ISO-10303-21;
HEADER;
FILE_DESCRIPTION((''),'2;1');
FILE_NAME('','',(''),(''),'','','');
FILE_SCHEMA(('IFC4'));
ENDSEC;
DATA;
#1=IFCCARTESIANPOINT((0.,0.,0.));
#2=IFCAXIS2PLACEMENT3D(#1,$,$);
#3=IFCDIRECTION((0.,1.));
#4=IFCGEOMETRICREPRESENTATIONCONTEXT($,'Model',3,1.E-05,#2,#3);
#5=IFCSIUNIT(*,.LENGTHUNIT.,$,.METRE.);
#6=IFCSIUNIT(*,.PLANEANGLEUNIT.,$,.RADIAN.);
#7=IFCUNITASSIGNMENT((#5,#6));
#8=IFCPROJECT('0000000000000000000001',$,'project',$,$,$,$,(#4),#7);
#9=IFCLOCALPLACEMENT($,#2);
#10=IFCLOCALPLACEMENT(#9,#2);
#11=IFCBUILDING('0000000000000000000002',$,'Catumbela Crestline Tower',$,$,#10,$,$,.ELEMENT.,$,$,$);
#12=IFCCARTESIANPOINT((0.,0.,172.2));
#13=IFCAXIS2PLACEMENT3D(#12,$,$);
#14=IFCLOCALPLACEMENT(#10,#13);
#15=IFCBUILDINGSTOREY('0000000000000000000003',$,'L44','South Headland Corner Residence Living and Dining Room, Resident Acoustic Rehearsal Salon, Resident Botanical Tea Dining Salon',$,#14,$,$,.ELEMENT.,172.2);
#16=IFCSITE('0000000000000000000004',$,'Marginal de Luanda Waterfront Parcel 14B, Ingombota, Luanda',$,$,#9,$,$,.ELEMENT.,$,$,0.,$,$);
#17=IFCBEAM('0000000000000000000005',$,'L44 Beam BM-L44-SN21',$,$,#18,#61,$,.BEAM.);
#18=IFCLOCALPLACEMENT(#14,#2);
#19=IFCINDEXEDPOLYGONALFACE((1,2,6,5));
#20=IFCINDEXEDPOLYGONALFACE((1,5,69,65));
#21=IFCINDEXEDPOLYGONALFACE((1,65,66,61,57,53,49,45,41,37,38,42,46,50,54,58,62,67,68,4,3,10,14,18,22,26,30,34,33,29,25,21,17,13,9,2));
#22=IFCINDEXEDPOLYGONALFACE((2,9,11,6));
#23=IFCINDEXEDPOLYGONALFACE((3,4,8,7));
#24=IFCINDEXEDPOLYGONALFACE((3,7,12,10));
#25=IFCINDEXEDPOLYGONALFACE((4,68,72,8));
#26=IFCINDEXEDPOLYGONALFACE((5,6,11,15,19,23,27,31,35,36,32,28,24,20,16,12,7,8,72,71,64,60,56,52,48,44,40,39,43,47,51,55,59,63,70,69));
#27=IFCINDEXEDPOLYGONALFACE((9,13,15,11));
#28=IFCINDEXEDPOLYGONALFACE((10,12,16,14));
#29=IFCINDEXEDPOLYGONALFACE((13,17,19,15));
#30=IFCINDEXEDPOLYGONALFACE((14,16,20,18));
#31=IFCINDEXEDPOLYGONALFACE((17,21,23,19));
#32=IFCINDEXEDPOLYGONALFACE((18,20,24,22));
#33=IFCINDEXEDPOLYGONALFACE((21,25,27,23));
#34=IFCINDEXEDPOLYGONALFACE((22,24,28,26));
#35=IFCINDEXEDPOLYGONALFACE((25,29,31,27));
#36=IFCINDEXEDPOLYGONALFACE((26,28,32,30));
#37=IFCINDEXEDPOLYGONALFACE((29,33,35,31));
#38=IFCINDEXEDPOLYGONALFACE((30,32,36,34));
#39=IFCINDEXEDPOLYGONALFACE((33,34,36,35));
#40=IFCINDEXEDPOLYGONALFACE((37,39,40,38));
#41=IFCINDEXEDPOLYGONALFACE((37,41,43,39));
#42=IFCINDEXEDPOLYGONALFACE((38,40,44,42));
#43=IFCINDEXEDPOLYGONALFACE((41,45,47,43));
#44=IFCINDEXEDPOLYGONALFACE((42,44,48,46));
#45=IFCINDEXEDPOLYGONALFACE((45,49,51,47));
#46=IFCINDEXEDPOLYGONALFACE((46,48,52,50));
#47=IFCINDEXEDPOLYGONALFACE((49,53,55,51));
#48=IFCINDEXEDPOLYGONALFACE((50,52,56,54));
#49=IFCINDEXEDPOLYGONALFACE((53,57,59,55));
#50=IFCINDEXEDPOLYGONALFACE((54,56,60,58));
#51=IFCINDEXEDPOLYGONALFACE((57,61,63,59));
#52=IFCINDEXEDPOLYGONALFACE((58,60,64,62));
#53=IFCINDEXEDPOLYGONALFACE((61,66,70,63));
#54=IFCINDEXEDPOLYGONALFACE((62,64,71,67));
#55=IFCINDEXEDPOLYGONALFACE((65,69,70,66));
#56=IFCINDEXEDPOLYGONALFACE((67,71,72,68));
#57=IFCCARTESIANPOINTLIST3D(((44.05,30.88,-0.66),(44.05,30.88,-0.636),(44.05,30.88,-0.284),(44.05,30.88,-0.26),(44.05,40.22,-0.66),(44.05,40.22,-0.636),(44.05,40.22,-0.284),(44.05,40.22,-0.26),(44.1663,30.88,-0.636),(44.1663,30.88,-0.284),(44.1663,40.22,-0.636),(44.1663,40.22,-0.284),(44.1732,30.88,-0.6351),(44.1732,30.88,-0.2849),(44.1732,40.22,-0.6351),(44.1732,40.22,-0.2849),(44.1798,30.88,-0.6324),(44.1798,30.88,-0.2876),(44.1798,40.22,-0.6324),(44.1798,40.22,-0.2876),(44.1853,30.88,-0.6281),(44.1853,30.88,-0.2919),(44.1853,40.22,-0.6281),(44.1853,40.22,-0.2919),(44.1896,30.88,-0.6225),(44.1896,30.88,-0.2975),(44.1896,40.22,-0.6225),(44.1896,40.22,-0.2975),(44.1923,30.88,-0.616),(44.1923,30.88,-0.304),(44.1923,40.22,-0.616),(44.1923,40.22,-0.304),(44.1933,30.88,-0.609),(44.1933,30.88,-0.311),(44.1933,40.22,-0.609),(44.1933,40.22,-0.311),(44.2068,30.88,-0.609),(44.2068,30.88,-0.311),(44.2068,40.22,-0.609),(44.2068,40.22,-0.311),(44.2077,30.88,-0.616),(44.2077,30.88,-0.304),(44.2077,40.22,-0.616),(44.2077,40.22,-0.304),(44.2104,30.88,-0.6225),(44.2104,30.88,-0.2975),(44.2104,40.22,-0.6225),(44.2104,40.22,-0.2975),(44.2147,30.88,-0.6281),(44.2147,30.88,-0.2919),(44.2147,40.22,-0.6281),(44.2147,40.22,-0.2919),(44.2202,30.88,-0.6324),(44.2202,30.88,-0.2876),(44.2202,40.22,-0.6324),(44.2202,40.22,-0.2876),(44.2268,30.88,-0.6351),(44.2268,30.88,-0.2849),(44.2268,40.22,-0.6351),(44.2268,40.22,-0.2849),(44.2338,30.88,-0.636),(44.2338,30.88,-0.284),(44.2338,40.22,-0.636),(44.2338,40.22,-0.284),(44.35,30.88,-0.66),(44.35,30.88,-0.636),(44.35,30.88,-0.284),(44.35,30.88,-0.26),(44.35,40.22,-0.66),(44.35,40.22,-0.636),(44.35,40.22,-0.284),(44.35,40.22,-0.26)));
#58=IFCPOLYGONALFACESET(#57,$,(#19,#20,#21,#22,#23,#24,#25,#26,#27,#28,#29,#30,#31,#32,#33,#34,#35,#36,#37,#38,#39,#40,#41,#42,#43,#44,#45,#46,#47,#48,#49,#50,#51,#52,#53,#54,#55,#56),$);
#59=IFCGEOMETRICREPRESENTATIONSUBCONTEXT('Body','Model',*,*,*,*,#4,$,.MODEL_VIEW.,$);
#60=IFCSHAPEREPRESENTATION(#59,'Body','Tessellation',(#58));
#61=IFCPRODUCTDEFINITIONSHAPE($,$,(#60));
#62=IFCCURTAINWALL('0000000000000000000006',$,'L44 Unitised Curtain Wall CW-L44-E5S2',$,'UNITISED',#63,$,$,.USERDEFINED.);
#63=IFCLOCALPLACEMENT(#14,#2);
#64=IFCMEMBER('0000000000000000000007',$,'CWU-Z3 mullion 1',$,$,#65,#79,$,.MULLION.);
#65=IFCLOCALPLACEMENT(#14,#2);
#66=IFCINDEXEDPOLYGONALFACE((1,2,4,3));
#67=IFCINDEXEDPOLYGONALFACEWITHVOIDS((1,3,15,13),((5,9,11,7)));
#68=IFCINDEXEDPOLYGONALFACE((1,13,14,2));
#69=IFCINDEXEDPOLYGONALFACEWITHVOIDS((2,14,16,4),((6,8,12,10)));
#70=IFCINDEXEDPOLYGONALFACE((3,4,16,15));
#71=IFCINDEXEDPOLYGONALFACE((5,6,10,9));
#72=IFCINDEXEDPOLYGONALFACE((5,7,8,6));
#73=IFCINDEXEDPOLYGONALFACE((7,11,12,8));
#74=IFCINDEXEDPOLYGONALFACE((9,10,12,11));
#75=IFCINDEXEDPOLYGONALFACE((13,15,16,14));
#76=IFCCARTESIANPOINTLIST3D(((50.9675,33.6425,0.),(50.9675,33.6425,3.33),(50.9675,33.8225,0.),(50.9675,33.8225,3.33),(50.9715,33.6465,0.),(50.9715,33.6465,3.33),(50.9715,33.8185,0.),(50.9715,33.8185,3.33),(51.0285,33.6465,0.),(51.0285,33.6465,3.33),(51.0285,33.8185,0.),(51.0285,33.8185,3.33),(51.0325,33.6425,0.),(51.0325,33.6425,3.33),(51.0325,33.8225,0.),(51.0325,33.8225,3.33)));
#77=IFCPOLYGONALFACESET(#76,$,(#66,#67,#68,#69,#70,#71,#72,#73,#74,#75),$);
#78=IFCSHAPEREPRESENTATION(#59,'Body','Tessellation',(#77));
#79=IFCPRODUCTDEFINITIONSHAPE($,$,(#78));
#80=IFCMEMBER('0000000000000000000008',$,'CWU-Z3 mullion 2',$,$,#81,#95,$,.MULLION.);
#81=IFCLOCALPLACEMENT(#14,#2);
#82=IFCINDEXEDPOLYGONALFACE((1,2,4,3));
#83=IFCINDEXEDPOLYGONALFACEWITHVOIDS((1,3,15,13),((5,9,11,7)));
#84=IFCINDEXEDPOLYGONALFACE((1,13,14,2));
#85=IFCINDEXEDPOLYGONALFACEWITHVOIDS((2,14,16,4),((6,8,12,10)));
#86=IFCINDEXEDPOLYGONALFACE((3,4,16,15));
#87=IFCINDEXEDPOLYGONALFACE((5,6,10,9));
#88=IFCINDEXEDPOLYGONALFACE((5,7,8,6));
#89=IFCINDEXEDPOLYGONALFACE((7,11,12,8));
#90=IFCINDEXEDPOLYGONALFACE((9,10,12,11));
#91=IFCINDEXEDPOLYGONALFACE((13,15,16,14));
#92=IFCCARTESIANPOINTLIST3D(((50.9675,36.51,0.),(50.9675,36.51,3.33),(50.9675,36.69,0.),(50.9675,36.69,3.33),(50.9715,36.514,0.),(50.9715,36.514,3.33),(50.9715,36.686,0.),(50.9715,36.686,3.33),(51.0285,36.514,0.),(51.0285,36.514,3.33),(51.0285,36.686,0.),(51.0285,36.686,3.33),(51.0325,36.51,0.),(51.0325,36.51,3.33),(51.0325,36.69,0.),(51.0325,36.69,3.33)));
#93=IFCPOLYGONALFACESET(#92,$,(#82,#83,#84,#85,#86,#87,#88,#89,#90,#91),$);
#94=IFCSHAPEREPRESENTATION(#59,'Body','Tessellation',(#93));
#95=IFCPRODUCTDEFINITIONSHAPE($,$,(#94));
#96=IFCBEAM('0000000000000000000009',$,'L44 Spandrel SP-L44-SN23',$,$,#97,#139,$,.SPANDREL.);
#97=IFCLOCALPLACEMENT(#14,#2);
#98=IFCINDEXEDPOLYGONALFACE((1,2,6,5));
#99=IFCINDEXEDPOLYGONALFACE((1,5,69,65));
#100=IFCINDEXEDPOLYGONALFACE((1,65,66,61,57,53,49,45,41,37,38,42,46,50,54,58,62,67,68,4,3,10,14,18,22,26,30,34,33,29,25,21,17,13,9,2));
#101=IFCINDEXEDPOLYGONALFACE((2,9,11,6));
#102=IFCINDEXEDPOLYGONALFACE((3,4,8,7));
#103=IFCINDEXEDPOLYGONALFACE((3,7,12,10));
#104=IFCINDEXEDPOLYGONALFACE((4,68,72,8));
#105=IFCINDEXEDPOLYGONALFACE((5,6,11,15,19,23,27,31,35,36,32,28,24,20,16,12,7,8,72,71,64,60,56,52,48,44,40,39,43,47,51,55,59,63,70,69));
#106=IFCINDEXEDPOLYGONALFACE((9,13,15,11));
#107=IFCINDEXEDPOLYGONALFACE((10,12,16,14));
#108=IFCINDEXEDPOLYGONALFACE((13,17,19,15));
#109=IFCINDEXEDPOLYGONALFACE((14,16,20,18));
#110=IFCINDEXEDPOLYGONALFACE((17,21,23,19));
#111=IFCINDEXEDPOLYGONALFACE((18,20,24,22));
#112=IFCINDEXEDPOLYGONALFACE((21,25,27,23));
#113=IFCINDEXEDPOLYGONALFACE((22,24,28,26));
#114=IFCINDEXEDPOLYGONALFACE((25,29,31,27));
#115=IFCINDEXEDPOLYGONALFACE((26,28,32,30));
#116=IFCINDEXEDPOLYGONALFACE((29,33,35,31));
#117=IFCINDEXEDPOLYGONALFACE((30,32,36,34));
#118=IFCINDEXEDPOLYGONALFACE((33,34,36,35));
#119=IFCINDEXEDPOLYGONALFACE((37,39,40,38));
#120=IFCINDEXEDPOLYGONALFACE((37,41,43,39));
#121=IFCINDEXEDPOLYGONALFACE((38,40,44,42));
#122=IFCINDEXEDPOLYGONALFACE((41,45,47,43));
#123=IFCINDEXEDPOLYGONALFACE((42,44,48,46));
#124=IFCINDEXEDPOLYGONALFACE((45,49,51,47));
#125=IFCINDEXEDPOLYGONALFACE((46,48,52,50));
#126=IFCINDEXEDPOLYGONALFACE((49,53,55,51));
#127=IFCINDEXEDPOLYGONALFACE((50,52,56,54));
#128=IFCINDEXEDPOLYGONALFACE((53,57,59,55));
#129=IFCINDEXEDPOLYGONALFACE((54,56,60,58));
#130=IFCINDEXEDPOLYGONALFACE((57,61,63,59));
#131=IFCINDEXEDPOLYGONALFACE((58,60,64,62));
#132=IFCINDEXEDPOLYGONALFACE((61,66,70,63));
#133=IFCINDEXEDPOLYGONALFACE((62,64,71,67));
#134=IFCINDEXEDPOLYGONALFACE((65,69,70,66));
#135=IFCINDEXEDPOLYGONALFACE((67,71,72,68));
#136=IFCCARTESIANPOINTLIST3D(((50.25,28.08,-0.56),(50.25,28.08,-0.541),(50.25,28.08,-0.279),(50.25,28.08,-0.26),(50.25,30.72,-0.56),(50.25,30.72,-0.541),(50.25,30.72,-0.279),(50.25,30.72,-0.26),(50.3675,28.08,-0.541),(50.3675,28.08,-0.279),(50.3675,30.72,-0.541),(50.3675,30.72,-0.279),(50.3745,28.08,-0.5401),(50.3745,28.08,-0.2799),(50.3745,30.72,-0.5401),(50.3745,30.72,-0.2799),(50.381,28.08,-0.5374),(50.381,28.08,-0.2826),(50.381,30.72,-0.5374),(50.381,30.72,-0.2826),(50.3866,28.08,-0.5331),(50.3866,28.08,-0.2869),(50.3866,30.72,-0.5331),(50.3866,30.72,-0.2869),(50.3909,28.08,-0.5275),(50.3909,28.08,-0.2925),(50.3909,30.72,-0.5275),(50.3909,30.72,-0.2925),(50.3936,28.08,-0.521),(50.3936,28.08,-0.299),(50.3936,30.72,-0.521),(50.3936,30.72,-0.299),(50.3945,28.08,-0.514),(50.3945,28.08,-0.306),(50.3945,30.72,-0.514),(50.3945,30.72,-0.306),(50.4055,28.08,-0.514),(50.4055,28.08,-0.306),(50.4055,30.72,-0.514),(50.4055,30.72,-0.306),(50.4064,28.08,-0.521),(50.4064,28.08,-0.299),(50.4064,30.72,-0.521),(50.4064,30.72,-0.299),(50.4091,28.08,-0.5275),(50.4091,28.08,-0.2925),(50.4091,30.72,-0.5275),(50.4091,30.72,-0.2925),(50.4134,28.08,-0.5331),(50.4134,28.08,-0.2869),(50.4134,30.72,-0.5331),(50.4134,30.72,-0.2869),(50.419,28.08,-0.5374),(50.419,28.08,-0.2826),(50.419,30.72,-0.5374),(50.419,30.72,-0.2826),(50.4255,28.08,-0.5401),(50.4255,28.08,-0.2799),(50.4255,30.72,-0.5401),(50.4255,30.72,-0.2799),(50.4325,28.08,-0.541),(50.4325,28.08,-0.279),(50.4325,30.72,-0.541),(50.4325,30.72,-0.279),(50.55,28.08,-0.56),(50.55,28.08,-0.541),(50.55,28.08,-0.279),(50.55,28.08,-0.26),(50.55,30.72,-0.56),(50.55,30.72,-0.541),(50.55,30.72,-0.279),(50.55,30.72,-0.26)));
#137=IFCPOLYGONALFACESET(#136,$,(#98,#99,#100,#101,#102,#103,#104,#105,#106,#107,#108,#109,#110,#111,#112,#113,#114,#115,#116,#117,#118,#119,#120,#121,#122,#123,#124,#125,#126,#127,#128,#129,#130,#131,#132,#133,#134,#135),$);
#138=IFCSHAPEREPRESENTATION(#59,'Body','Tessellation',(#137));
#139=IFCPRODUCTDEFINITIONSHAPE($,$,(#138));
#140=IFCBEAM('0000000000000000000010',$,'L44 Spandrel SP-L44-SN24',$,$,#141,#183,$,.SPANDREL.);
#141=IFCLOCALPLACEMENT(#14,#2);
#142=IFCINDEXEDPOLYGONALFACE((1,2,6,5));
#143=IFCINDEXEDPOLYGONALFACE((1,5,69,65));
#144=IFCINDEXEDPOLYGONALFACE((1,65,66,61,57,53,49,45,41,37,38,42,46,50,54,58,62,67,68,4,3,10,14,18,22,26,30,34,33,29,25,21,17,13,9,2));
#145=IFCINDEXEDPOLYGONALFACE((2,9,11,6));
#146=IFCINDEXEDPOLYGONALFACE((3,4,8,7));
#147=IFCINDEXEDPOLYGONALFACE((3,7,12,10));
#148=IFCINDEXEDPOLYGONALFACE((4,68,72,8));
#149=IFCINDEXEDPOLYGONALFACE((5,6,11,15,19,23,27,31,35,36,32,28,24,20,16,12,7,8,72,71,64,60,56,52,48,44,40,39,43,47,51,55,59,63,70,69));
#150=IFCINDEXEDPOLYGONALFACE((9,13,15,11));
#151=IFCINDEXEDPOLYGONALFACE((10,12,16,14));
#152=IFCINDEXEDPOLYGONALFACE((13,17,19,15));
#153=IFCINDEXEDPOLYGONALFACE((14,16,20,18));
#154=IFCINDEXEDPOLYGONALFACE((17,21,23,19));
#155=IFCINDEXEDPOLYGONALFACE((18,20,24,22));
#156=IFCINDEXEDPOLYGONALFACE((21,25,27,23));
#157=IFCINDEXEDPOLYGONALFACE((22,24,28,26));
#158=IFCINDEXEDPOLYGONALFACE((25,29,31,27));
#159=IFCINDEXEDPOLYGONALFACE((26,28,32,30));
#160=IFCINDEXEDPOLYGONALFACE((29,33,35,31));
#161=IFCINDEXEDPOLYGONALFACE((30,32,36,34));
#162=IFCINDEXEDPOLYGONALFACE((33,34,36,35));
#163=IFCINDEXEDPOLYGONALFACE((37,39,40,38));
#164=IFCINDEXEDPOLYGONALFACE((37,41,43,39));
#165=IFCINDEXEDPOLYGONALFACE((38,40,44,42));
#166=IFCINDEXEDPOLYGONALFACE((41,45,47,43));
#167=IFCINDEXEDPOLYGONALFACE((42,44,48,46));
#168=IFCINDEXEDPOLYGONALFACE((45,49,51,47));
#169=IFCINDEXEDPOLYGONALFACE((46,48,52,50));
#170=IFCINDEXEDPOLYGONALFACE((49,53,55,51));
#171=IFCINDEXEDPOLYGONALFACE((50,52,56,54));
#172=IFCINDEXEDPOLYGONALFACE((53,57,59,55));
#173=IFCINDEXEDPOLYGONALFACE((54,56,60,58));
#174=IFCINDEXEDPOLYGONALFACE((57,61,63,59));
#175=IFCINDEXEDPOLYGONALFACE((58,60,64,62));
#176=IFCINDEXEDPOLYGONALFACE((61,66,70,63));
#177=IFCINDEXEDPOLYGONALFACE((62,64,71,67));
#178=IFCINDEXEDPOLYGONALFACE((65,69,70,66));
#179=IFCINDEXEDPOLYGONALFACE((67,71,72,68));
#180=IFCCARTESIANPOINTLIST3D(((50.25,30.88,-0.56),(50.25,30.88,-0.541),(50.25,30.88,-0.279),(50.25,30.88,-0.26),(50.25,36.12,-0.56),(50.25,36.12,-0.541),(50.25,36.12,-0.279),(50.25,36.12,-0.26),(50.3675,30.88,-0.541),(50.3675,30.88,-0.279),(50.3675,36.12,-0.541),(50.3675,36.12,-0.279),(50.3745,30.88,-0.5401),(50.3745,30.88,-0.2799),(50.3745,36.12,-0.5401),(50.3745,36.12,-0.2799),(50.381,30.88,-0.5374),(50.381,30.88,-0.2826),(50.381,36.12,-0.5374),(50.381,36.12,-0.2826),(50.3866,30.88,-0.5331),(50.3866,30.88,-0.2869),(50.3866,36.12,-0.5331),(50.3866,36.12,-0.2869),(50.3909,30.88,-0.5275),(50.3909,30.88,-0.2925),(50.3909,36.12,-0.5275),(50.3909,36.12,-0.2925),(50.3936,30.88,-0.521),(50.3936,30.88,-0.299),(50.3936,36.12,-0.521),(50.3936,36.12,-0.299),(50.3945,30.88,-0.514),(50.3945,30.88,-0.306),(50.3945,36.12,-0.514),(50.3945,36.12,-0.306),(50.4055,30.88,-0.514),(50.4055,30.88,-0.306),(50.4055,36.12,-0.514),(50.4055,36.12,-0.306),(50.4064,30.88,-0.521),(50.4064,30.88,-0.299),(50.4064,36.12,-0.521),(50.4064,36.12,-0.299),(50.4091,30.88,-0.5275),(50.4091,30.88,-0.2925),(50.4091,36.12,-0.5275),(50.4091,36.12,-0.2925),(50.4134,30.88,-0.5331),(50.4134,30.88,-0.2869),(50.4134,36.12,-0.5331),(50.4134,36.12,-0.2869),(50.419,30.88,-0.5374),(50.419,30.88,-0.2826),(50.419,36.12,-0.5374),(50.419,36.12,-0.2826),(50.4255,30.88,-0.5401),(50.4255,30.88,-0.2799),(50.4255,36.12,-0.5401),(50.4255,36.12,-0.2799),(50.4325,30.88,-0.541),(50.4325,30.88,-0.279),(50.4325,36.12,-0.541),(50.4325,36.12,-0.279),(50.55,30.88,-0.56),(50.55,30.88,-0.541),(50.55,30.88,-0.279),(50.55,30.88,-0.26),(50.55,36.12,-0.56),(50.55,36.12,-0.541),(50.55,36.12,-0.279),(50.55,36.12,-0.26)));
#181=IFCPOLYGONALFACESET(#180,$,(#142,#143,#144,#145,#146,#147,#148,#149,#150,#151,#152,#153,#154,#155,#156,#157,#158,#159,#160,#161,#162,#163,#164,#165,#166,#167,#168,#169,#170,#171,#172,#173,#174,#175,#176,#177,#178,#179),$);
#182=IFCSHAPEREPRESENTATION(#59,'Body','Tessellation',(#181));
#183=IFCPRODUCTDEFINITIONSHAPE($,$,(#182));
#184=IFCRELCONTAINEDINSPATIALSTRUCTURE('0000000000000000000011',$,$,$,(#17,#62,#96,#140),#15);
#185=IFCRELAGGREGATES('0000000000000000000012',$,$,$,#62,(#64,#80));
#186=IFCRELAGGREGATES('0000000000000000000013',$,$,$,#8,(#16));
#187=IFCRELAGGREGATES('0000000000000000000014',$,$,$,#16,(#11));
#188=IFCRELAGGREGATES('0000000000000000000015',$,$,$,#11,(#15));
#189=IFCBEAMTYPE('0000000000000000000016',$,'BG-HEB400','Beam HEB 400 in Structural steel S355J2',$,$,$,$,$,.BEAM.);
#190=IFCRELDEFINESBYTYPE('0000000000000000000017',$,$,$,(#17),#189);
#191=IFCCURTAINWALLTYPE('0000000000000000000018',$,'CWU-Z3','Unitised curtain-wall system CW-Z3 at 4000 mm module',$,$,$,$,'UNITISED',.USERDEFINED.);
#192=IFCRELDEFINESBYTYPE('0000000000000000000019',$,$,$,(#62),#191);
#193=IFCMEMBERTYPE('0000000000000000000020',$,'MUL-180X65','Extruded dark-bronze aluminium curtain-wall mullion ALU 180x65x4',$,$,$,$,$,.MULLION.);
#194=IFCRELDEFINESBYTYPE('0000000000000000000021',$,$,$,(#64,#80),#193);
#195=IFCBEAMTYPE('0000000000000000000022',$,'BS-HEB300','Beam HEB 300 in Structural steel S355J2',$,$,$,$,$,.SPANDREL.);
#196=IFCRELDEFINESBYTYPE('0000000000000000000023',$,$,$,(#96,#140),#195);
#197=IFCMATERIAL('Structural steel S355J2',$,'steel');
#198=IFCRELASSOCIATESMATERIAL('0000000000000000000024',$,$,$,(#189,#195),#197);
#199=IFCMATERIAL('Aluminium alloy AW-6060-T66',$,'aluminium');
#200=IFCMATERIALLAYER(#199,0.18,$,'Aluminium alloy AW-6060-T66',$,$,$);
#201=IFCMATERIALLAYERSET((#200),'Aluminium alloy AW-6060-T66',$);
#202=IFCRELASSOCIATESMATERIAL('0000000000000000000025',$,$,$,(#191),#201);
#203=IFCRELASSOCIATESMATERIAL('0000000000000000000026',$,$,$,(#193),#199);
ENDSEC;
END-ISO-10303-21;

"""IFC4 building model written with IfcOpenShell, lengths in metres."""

from ifc_helpers import new_model, si_unit, direction, frame, origin, origin_2d, place, context, subcontext, project, spatial, hollow_rectangle, i_section, extrude, material, layer, layer_set, material_profile, profile_set, type_object, element, aggregate, save


model = new_model("IFC4")

# Units and contexts
model_context = context("Model", 3, precision=1e-05, world=origin(), true_north=direction((0.0, 1.0)))
body_context = subcontext(model_context, "Body", "Model", "MODEL_VIEW")
ifc_project = project(units=[si_unit("LENGTHUNIT", "METRE"), si_unit("PLANEANGLEUNIT", "RADIAN")], contexts=[model_context])

# Site, building, storey
site_placement = place(None, origin())
site = spatial("IfcSite", under=ifc_project, at=site_placement, Name="Marginal de Luanda Waterfront Parcel 14B, Ingombota, Luanda", CompositionType="ELEMENT", RefElevation=0.0)
building_placement = place(site_placement, origin())
building = spatial("IfcBuilding", under=site, at=building_placement, Name="Catumbela Crestline Tower", CompositionType="ELEMENT")
storey_placement = place(building_placement, frame((0.0, 0.0, 172.2)))
storey = spatial("IfcBuildingStorey", under=building, at=storey_placement, Name="L44", Description="South Headland Corner Residence Living and Dining Room, Resident Acoustic Rehearsal Salon, Resident Botanical Tea Dining Salon", CompositionType="ELEMENT", Elevation=172.2)

# Shared definitions
ifc_material_1 = material(Name="Structural steel S355J2", Category="steel")

# Beam
ifc_material_profile_1 = material_profile(ifc_material_1, i_section(OverallWidth=0.3, OverallDepth=0.4, WebThickness=0.0135, FlangeThickness=0.024, FilletRadius=0.027, at=origin_2d()), Name="HEB 400")
ifc_profile_set_1 = profile_set([ifc_material_profile_1], Name="Structural steel S355J2")
beam_type_1 = type_object("IfcBeamType", Name="BG-HEB400", Description="Beam HEB 400 in Structural steel S355J2", PredefinedType="BEAM", material=ifc_profile_set_1)
beam_1_placement = place(storey_placement, frame((44.2, 30.88, -0.46), z_axis=(0.0, 1.0, 0.0), x_axis=(-1.0, 0.0, 0.0)))
element("IfcBeam", 1, at=beam_1_placement, inside=storey, type_object=beam_type_1, Name="L44 Beam BM-L44-SN21", PredefinedType="BEAM", context=body_context, shape_type="SweptSolid", body=[
    extrude(i_section(OverallWidth=0.3, OverallDepth=0.4, WebThickness=0.0135, FlangeThickness=0.024, FilletRadius=0.027, at=origin_2d()), origin(), (0.0, 0.0, 1.0), 9.34),
])

# Curtain wall, members
ifc_material_2 = material(Name="Aluminium alloy AW-6060-T66", Category="aluminium")
ifc_layer_1 = layer(ifc_material_2, 0.18, Name="Aluminium alloy AW-6060-T66")
ifc_layer_set_1 = layer_set([ifc_layer_1], Name="Aluminium alloy AW-6060-T66")
curtain_wall_type = type_object("IfcCurtainWallType", Name="CWU-Z3", Description="Unitised curtain-wall system CW-Z3 at 4000 mm module", ElementType="UNITISED", PredefinedType="USERDEFINED", material=ifc_layer_set_1)
curtain_wall_placement = place(storey_placement, origin())
curtain_wall = element("IfcCurtainWall", 2, at=curtain_wall_placement, inside=storey, type_object=curtain_wall_type, Name="L44 Unitised Curtain Wall CW-L44-E5S2", ObjectType="UNITISED", PredefinedType="USERDEFINED")
ifc_material_profile_2 = material_profile(ifc_material_2, hollow_rectangle(XDim=0.065, YDim=0.18, WallThickness=0.004, at=origin_2d()), Name="ALU 180x65x4")
ifc_profile_set_2 = profile_set([ifc_material_profile_2], Name="Aluminium alloy AW-6060-T66")
member_type_1 = type_object("IfcMemberType", Name="MUL-180X65", Description="Extruded dark-bronze aluminium curtain-wall mullion ALU 180x65x4", PredefinedType="MULLION", material=ifc_profile_set_2)
member_1_placement = place(storey_placement, frame((51.0, 33.7325, 0.0), z_axis=(0.0, 0.0, 1.0), x_axis=(-1.0, 0.0, 0.0)))
member_1 = element("IfcMember", 3, at=member_1_placement, type_object=member_type_1, Name="CWU-Z3 mullion 1", PredefinedType="MULLION", context=body_context, shape_type="SweptSolid", body=[
    extrude(hollow_rectangle(XDim=0.065, YDim=0.18, WallThickness=0.004, at=origin_2d()), origin(), (0.0, 0.0, 1.0), 3.33),
])
member_2_placement = place(storey_placement, frame((51.0, 36.6, 0.0), z_axis=(0.0, 0.0, 1.0), x_axis=(-1.0, 0.0, 0.0)))
member_2 = element("IfcMember", 4, at=member_2_placement, type_object=member_type_1, Name="CWU-Z3 mullion 2", PredefinedType="MULLION", context=body_context, shape_type="SweptSolid", body=[
    extrude(hollow_rectangle(XDim=0.065, YDim=0.18, WallThickness=0.004, at=origin_2d()), origin(), (0.0, 0.0, 1.0), 3.33),
])

# Beams
ifc_material_profile_3 = material_profile(ifc_material_1, i_section(OverallWidth=0.3, OverallDepth=0.3, WebThickness=0.011, FlangeThickness=0.019, FilletRadius=0.027, at=origin_2d()), Name="HEB 300")
ifc_profile_set_3 = profile_set([ifc_material_profile_3], Name="Structural steel S355J2")
beam_type_2 = type_object("IfcBeamType", Name="BS-HEB300", Description="Beam HEB 300 in Structural steel S355J2", PredefinedType="SPANDREL", material=ifc_profile_set_3)
beam_2_placement = place(storey_placement, frame((50.4, 28.08, -0.41), z_axis=(0.0, 1.0, 0.0), x_axis=(-1.0, 0.0, 0.0)))
element("IfcBeam", 5, at=beam_2_placement, inside=storey, type_object=beam_type_2, Name="L44 Spandrel SP-L44-SN23", PredefinedType="SPANDREL", context=body_context, shape_type="SweptSolid", body=[
    extrude(i_section(OverallWidth=0.3, OverallDepth=0.3, WebThickness=0.011, FlangeThickness=0.019, FilletRadius=0.027, at=origin_2d()), origin(), (0.0, 0.0, 1.0), 2.64),
])
beam_3_placement = place(storey_placement, frame((50.4, 30.88, -0.41), z_axis=(0.0, 1.0, 0.0), x_axis=(-1.0, 0.0, 0.0)))
element("IfcBeam", 6, at=beam_3_placement, inside=storey, type_object=beam_type_2, Name="L44 Spandrel SP-L44-SN24", PredefinedType="SPANDREL", context=body_context, shape_type="SweptSolid", body=[
    extrude(i_section(OverallWidth=0.3, OverallDepth=0.3, WebThickness=0.011, FlangeThickness=0.019, FilletRadius=0.027, at=origin_2d()), origin(), (0.0, 0.0, 1.0), 5.24),
])

aggregate(curtain_wall, [member_1, member_2])

save(model, "model.ifc")
